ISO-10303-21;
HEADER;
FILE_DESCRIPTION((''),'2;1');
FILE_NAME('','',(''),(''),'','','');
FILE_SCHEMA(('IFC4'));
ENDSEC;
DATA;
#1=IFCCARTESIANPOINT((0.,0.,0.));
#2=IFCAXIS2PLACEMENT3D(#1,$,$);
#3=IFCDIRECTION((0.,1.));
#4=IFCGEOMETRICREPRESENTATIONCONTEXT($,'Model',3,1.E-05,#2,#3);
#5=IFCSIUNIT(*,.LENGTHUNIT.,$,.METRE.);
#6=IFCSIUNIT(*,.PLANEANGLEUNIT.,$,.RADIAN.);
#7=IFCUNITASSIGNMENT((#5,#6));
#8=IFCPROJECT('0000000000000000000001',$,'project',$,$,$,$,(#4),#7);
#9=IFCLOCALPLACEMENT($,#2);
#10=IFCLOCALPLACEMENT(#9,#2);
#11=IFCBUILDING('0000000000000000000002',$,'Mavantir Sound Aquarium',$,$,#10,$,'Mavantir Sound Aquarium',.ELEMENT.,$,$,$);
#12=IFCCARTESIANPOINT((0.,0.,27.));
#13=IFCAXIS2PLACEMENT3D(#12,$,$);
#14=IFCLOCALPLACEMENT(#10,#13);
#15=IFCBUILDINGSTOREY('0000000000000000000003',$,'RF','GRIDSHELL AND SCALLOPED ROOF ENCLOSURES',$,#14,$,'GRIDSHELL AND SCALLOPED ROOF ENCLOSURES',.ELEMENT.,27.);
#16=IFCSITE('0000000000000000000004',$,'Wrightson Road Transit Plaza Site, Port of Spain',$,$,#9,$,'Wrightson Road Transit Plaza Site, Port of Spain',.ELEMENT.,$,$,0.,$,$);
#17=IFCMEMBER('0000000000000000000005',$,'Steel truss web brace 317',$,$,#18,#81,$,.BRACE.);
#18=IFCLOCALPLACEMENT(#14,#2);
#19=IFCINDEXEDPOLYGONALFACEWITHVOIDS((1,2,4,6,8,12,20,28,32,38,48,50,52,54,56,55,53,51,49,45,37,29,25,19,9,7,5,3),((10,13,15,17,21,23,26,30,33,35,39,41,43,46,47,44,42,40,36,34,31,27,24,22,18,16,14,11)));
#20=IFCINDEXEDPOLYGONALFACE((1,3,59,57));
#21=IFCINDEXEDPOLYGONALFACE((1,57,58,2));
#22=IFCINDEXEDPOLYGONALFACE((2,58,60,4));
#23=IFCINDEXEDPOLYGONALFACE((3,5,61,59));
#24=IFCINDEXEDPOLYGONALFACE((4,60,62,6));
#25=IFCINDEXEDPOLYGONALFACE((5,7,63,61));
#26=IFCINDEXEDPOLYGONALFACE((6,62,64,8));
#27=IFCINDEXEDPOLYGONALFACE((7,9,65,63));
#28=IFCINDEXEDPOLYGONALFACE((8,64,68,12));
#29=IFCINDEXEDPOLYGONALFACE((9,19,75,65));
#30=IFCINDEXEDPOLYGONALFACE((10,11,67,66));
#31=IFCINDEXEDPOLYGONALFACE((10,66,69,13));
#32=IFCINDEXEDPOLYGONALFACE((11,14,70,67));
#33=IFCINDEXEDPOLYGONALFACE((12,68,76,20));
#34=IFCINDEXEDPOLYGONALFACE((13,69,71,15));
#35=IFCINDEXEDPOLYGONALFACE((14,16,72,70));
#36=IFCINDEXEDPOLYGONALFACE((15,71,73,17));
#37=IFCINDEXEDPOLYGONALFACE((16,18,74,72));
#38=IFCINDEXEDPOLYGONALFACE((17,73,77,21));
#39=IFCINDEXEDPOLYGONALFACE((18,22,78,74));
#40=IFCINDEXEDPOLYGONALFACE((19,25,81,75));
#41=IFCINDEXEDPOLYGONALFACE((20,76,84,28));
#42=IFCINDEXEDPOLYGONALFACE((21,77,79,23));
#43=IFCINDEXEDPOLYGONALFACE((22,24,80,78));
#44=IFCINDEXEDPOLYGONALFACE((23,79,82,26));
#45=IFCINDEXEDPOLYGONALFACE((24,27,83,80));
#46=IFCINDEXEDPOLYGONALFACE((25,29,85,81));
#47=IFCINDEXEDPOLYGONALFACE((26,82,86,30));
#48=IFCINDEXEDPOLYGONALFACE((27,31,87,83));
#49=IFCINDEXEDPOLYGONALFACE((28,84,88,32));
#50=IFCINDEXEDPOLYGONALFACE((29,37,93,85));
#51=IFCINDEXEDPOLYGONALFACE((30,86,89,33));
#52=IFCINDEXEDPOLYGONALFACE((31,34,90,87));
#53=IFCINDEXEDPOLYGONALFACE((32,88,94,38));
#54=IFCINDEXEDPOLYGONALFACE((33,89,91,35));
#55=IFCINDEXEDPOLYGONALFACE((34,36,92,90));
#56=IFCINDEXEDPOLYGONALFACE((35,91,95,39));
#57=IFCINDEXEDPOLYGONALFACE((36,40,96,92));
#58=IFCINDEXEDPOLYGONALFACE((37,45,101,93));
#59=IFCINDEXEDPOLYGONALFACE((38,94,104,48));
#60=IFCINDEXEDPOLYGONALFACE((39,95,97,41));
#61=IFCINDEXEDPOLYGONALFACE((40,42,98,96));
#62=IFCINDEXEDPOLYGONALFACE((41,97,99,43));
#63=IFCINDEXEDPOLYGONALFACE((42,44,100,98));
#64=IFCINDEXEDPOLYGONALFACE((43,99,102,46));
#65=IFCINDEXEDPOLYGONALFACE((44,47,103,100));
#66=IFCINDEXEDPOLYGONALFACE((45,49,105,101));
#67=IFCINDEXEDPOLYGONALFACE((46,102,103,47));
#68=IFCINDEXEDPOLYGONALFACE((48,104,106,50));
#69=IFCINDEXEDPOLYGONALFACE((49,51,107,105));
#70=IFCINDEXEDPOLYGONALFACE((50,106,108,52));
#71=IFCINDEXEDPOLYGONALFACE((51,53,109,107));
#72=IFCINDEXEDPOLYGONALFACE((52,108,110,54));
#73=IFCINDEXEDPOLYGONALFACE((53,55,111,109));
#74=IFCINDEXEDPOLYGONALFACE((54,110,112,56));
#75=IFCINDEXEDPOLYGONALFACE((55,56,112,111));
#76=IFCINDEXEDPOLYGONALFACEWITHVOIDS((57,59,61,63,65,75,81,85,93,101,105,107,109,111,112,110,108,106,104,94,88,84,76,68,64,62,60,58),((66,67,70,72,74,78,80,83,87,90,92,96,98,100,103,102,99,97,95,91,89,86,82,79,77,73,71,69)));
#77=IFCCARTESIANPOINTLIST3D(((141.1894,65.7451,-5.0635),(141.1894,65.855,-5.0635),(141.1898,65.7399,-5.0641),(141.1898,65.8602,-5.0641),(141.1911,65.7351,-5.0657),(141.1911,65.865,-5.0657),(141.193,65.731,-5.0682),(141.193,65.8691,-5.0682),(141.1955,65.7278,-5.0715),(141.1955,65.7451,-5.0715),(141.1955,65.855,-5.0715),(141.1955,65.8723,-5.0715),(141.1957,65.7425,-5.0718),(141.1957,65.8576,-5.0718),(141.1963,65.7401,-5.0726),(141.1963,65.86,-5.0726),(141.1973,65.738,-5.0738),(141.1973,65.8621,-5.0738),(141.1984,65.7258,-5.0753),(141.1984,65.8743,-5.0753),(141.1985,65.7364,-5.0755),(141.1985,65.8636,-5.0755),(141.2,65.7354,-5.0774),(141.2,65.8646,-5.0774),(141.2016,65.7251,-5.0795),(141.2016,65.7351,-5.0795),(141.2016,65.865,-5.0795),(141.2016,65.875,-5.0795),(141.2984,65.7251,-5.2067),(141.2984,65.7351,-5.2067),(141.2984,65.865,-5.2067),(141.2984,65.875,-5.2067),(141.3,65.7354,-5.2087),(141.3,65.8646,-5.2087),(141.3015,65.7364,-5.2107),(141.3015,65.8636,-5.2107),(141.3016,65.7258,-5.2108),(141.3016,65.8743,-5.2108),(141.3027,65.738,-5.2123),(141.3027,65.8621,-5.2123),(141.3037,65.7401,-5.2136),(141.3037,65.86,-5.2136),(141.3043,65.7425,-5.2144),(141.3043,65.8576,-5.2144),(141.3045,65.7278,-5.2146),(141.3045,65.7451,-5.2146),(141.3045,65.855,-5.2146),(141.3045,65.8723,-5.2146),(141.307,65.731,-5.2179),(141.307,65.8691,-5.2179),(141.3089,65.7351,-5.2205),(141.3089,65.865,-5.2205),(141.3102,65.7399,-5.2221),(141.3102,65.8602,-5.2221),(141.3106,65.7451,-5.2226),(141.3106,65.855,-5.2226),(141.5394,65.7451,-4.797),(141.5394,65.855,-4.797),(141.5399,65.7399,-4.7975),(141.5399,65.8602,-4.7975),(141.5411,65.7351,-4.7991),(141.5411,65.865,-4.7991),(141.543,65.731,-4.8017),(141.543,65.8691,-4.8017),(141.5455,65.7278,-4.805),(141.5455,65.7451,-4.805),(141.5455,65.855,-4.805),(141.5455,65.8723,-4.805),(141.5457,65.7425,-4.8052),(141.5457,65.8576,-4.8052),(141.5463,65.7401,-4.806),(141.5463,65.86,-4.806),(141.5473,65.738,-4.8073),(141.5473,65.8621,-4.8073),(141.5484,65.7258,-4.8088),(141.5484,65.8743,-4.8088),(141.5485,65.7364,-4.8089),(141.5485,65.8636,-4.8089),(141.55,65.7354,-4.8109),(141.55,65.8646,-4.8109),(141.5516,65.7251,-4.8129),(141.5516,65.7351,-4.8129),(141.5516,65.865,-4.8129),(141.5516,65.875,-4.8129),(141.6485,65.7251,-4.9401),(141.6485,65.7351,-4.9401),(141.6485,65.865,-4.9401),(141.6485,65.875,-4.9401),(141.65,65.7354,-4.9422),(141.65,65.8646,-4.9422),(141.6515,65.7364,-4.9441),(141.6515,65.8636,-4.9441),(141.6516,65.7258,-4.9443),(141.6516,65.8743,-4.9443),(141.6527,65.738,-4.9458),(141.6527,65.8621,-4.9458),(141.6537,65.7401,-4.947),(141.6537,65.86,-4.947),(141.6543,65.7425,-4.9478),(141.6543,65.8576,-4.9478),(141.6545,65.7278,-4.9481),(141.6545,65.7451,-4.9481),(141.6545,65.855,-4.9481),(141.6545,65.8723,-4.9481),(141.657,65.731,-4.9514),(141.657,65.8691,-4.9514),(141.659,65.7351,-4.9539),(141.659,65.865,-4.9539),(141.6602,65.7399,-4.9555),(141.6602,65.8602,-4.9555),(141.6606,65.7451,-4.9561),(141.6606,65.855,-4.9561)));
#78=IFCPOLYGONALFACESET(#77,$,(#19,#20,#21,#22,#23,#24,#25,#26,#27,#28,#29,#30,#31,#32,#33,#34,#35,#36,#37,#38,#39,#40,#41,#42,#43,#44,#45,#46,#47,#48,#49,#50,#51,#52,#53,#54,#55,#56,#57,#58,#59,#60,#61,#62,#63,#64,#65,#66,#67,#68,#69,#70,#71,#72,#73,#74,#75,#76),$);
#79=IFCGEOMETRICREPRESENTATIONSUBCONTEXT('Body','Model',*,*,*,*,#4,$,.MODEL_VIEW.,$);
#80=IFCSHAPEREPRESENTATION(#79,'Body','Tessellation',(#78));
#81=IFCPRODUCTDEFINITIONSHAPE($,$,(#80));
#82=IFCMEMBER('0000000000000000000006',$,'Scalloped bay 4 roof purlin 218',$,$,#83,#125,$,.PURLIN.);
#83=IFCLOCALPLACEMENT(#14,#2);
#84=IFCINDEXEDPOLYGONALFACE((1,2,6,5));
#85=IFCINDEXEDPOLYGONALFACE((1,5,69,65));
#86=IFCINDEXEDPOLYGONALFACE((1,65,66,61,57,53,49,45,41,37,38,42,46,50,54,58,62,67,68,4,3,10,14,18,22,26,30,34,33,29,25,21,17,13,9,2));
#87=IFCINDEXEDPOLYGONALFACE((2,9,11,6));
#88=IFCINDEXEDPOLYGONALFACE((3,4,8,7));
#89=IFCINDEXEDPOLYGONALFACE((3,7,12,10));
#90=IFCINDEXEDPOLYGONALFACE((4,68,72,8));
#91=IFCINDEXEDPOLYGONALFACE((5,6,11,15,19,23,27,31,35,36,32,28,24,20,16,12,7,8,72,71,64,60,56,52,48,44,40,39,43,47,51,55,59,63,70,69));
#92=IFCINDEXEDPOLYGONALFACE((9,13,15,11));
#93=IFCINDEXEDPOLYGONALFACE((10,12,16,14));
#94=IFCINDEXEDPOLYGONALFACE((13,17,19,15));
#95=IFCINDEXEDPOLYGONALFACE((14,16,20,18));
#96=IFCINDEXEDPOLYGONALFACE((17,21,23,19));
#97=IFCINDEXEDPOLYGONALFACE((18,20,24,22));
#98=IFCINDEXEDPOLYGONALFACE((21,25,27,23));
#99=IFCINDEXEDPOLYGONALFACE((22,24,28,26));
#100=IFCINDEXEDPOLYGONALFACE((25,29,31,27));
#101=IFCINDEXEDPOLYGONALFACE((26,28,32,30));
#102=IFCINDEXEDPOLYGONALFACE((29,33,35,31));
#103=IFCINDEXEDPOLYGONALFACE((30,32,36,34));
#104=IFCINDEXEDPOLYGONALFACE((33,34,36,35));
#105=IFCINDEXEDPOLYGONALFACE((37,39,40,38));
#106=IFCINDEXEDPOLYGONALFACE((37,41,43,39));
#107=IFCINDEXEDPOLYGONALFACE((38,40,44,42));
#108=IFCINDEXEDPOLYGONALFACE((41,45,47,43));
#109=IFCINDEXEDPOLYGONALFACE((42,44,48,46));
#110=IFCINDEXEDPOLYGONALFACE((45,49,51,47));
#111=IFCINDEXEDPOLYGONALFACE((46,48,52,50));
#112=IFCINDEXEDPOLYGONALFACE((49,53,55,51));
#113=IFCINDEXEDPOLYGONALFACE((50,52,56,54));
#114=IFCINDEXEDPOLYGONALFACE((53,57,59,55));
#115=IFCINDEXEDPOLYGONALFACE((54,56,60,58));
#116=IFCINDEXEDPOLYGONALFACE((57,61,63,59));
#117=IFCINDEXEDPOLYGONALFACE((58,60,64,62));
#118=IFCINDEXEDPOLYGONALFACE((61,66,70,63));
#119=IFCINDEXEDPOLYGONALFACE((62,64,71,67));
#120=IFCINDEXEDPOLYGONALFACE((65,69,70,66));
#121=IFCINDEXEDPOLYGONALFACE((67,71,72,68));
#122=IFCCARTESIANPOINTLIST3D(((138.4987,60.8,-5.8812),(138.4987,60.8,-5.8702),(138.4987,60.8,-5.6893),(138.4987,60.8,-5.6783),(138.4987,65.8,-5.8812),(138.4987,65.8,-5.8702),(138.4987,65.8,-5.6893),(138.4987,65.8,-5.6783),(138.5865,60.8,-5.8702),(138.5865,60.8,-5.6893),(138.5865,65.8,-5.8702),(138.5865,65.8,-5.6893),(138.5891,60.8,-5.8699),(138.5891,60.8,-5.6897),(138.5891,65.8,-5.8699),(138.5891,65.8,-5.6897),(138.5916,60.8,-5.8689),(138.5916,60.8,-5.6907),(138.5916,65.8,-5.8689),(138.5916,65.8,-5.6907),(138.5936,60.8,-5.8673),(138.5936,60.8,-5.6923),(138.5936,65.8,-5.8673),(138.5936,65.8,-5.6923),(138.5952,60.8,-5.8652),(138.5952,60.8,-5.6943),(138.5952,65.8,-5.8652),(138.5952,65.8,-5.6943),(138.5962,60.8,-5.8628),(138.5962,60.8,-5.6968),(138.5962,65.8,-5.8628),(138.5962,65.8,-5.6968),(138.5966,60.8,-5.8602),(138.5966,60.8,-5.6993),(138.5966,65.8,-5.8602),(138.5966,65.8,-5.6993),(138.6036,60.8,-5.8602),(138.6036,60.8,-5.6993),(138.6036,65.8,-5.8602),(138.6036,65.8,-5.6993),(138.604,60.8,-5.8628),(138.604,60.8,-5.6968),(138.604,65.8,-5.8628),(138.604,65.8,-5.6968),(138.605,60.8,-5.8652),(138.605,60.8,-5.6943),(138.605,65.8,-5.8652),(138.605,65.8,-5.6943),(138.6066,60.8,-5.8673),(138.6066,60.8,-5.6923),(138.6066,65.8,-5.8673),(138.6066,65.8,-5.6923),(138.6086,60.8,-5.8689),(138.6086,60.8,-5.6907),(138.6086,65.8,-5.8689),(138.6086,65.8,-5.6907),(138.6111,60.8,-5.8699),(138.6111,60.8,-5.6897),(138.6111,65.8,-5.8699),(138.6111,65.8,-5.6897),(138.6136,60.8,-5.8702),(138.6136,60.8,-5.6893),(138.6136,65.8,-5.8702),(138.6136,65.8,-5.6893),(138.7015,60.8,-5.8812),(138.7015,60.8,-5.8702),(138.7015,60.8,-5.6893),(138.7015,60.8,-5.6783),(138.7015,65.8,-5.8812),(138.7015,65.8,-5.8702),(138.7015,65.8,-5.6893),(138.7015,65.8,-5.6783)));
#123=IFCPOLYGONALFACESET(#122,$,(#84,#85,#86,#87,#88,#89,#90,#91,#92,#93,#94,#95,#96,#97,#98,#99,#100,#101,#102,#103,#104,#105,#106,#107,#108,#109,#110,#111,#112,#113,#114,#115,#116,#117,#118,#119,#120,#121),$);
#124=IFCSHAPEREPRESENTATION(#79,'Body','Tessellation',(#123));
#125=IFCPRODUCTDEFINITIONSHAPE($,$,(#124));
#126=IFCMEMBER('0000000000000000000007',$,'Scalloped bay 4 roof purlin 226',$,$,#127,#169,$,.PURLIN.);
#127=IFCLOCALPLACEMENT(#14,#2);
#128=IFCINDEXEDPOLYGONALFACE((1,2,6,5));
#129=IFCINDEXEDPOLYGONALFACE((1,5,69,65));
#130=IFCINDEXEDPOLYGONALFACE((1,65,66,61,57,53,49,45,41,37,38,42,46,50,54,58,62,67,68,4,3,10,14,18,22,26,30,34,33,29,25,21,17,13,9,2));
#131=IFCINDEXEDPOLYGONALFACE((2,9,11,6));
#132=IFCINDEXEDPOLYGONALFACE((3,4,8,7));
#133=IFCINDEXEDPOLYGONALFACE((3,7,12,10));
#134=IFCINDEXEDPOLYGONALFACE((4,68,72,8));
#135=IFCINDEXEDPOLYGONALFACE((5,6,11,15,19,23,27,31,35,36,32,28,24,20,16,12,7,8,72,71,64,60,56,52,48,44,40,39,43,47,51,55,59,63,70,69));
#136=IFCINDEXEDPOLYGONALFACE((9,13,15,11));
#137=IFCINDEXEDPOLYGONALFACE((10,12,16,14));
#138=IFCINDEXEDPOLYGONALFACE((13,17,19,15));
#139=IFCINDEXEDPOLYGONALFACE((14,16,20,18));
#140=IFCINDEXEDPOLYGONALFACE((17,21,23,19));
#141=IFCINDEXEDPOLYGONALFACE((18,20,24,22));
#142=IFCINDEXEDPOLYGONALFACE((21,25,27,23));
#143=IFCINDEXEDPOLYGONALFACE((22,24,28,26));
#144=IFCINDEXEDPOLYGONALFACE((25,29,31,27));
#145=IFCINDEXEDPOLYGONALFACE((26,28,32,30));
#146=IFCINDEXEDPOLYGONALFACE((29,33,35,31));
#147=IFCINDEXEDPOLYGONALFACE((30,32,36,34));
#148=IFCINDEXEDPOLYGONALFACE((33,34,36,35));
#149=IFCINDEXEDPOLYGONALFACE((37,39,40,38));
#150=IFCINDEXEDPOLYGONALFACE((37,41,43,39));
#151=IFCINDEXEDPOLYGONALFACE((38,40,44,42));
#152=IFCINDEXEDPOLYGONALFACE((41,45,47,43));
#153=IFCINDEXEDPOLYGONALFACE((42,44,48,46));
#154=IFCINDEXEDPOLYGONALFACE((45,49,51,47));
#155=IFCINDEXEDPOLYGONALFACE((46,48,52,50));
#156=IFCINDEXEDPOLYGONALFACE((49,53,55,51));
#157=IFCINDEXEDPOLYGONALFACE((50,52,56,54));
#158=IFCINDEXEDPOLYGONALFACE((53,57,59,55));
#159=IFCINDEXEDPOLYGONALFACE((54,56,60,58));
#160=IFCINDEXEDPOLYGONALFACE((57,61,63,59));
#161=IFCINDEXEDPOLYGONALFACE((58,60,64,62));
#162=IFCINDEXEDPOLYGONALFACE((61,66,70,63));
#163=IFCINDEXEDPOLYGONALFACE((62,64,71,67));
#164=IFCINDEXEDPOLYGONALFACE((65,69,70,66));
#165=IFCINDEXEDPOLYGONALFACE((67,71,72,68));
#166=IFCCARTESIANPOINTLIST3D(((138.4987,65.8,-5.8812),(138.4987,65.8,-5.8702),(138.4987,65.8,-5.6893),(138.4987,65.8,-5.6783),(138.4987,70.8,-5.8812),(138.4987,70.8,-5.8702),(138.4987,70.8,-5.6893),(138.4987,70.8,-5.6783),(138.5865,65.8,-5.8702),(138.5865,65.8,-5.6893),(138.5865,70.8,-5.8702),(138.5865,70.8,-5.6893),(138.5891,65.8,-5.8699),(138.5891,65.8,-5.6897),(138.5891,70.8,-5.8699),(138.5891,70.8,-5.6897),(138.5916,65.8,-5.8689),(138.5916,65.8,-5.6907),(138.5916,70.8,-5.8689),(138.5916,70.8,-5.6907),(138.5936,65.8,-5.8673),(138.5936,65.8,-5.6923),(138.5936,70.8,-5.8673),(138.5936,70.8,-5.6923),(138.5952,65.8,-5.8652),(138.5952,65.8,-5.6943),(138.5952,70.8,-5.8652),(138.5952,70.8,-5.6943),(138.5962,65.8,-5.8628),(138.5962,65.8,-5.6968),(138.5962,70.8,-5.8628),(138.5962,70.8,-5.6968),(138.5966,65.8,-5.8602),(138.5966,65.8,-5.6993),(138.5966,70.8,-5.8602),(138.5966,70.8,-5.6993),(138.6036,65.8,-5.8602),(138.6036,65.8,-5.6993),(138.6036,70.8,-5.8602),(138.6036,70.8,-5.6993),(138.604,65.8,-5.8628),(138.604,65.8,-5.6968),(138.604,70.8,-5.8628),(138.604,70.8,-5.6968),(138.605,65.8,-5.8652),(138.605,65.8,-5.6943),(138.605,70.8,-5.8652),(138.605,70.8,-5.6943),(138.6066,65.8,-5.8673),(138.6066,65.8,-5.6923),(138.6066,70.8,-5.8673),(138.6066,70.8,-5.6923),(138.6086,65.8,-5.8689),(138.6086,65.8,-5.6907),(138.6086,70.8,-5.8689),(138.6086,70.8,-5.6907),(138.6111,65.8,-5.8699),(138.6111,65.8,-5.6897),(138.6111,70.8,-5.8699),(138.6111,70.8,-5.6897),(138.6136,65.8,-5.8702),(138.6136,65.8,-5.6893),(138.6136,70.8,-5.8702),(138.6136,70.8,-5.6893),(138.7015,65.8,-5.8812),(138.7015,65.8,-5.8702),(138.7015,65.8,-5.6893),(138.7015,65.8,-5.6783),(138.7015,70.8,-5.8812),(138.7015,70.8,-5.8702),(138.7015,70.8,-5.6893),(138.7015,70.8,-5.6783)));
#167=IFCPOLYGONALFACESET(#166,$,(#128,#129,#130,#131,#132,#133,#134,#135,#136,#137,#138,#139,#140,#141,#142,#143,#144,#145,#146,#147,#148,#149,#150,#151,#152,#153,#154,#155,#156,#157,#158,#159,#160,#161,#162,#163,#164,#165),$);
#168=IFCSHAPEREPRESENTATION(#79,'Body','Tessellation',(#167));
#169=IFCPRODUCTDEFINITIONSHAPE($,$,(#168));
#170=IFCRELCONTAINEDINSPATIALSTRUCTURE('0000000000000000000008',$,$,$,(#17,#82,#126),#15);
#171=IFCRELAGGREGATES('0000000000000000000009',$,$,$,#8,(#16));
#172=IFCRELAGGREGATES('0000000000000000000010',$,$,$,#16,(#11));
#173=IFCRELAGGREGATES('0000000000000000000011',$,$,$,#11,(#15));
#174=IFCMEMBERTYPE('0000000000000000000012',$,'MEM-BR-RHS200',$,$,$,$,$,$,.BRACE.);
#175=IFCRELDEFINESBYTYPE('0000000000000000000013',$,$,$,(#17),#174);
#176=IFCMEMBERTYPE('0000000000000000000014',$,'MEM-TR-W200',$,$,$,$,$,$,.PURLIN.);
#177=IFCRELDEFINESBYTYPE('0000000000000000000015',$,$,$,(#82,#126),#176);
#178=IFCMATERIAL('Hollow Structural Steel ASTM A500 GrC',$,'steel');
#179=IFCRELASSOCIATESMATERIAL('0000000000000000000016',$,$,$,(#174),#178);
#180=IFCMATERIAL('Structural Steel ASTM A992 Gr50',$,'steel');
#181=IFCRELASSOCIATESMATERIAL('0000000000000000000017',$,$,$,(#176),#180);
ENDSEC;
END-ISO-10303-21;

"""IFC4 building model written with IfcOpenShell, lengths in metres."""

from ifc_helpers import new_model, si_unit, direction, frame, origin, origin_2d, place, context, subcontext, project, spatial, hollow_rectangle, i_section, extrude, material, material_profile, profile_set, type_object, element, save


model = new_model("IFC4")

# Units and contexts
model_context = context("Model", 3, precision=1e-05, world=origin(), true_north=direction((0.0, 1.0)))
body_context = subcontext(model_context, "Body", "Model", "MODEL_VIEW")
ifc_project = project(units=[si_unit("LENGTHUNIT", "METRE"), si_unit("PLANEANGLEUNIT", "RADIAN")], contexts=[model_context])

# Site, building, storey
site_placement = place(None, origin())
site = spatial("IfcSite", under=ifc_project, at=site_placement, Name="Wrightson Road Transit Plaza Site, Port of Spain", LongName="Wrightson Road Transit Plaza Site, Port of Spain", CompositionType="ELEMENT", RefElevation=0.0)
building_placement = place(site_placement, origin())
building = spatial("IfcBuilding", under=site, at=building_placement, Name="Mavantir Sound Aquarium", LongName="Mavantir Sound Aquarium", CompositionType="ELEMENT")
storey_placement = place(building_placement, frame((0.0, 0.0, 27.0)))
storey = spatial("IfcBuildingStorey", under=building, at=storey_placement, Name="RF", Description="GRIDSHELL AND SCALLOPED ROOF ENCLOSURES", LongName="GRIDSHELL AND SCALLOPED ROOF ENCLOSURES", CompositionType="ELEMENT", Elevation=27.0)

# Shared definitions
ifc_material_1 = material(Name="Structural Steel ASTM A992 Gr50", Category="steel")

# Members
ifc_material_2 = material(Name="Hollow Structural Steel ASTM A500 GrC", Category="steel")
ifc_material_profile_1 = material_profile(ifc_material_2, hollow_rectangle(XDim=0.1499, YDim=0.2, WallThickness=0.01, InnerFilletRadius=0.01, OuterFilletRadius=0.02, at=origin_2d()), Name="RHS 200X150X10")
ifc_profile_set_1 = profile_set([ifc_material_profile_1], Name="Hollow Structural Steel ASTM A500 GrC")
member_type_1 = type_object("IfcMemberType", Name="MEM-BR-RHS200", PredefinedType="BRACE", material=ifc_profile_set_1)
for number, where, z_axis, x_axis, name in (
    (1, (141.25, 65.8, -5.1431), (0.795585, 0.0, 0.605843), (0.0, 1.0, 0.0), "Steel truss web brace 317"),
):
    element("IfcMember", number, at=place(storey_placement, frame(where, z_axis=z_axis, x_axis=x_axis)), inside=storey, type_object=member_type_1, Name=name, PredefinedType="BRACE", context=body_context, shape_type="SweptSolid", body=[
        extrude(hollow_rectangle(XDim=0.1499, YDim=0.2, WallThickness=0.01, InnerFilletRadius=0.01, OuterFilletRadius=0.02, at=origin_2d()), origin(), (0.0, 0.0, 1.0), 0.4399),
    ])
ifc_material_profile_2 = material_profile(ifc_material_1, i_section(OverallWidth=0.2029, OverallDepth=0.2029, WebThickness=0.0071, FlangeThickness=0.011, FilletRadius=0.01, at=origin_2d()), Name="W200X46")
ifc_profile_set_2 = profile_set([ifc_material_profile_2], Name="Structural Steel ASTM A992 Gr50")
member_type_2 = type_object("IfcMemberType", Name="MEM-TR-W200", PredefinedType="PURLIN", material=ifc_profile_set_2)
for number, where, z_axis, x_axis, name in (
    (2, (138.6001, 60.8, -5.7798), (0.0, 1.0, 0.0), (-1.0, 0.0, 0.0), "Scalloped bay 4 roof purlin 218"),
    (3, (138.6001, 65.8, -5.7798), (0.0, 1.0, 0.0), (-1.0, 0.0, 0.0), "Scalloped bay 4 roof purlin 226"),
):
    element("IfcMember", number, at=place(storey_placement, frame(where, z_axis=z_axis, x_axis=x_axis)), inside=storey, type_object=member_type_2, Name=name, PredefinedType="PURLIN", context=body_context, shape_type="SweptSolid", body=[
        extrude(i_section(OverallWidth=0.2029, OverallDepth=0.2029, WebThickness=0.0071, FlangeThickness=0.011, FilletRadius=0.01, at=origin_2d()), origin(), (0.0, 0.0, 1.0), 5.0),
    ])

save(model, "model.ifc")
